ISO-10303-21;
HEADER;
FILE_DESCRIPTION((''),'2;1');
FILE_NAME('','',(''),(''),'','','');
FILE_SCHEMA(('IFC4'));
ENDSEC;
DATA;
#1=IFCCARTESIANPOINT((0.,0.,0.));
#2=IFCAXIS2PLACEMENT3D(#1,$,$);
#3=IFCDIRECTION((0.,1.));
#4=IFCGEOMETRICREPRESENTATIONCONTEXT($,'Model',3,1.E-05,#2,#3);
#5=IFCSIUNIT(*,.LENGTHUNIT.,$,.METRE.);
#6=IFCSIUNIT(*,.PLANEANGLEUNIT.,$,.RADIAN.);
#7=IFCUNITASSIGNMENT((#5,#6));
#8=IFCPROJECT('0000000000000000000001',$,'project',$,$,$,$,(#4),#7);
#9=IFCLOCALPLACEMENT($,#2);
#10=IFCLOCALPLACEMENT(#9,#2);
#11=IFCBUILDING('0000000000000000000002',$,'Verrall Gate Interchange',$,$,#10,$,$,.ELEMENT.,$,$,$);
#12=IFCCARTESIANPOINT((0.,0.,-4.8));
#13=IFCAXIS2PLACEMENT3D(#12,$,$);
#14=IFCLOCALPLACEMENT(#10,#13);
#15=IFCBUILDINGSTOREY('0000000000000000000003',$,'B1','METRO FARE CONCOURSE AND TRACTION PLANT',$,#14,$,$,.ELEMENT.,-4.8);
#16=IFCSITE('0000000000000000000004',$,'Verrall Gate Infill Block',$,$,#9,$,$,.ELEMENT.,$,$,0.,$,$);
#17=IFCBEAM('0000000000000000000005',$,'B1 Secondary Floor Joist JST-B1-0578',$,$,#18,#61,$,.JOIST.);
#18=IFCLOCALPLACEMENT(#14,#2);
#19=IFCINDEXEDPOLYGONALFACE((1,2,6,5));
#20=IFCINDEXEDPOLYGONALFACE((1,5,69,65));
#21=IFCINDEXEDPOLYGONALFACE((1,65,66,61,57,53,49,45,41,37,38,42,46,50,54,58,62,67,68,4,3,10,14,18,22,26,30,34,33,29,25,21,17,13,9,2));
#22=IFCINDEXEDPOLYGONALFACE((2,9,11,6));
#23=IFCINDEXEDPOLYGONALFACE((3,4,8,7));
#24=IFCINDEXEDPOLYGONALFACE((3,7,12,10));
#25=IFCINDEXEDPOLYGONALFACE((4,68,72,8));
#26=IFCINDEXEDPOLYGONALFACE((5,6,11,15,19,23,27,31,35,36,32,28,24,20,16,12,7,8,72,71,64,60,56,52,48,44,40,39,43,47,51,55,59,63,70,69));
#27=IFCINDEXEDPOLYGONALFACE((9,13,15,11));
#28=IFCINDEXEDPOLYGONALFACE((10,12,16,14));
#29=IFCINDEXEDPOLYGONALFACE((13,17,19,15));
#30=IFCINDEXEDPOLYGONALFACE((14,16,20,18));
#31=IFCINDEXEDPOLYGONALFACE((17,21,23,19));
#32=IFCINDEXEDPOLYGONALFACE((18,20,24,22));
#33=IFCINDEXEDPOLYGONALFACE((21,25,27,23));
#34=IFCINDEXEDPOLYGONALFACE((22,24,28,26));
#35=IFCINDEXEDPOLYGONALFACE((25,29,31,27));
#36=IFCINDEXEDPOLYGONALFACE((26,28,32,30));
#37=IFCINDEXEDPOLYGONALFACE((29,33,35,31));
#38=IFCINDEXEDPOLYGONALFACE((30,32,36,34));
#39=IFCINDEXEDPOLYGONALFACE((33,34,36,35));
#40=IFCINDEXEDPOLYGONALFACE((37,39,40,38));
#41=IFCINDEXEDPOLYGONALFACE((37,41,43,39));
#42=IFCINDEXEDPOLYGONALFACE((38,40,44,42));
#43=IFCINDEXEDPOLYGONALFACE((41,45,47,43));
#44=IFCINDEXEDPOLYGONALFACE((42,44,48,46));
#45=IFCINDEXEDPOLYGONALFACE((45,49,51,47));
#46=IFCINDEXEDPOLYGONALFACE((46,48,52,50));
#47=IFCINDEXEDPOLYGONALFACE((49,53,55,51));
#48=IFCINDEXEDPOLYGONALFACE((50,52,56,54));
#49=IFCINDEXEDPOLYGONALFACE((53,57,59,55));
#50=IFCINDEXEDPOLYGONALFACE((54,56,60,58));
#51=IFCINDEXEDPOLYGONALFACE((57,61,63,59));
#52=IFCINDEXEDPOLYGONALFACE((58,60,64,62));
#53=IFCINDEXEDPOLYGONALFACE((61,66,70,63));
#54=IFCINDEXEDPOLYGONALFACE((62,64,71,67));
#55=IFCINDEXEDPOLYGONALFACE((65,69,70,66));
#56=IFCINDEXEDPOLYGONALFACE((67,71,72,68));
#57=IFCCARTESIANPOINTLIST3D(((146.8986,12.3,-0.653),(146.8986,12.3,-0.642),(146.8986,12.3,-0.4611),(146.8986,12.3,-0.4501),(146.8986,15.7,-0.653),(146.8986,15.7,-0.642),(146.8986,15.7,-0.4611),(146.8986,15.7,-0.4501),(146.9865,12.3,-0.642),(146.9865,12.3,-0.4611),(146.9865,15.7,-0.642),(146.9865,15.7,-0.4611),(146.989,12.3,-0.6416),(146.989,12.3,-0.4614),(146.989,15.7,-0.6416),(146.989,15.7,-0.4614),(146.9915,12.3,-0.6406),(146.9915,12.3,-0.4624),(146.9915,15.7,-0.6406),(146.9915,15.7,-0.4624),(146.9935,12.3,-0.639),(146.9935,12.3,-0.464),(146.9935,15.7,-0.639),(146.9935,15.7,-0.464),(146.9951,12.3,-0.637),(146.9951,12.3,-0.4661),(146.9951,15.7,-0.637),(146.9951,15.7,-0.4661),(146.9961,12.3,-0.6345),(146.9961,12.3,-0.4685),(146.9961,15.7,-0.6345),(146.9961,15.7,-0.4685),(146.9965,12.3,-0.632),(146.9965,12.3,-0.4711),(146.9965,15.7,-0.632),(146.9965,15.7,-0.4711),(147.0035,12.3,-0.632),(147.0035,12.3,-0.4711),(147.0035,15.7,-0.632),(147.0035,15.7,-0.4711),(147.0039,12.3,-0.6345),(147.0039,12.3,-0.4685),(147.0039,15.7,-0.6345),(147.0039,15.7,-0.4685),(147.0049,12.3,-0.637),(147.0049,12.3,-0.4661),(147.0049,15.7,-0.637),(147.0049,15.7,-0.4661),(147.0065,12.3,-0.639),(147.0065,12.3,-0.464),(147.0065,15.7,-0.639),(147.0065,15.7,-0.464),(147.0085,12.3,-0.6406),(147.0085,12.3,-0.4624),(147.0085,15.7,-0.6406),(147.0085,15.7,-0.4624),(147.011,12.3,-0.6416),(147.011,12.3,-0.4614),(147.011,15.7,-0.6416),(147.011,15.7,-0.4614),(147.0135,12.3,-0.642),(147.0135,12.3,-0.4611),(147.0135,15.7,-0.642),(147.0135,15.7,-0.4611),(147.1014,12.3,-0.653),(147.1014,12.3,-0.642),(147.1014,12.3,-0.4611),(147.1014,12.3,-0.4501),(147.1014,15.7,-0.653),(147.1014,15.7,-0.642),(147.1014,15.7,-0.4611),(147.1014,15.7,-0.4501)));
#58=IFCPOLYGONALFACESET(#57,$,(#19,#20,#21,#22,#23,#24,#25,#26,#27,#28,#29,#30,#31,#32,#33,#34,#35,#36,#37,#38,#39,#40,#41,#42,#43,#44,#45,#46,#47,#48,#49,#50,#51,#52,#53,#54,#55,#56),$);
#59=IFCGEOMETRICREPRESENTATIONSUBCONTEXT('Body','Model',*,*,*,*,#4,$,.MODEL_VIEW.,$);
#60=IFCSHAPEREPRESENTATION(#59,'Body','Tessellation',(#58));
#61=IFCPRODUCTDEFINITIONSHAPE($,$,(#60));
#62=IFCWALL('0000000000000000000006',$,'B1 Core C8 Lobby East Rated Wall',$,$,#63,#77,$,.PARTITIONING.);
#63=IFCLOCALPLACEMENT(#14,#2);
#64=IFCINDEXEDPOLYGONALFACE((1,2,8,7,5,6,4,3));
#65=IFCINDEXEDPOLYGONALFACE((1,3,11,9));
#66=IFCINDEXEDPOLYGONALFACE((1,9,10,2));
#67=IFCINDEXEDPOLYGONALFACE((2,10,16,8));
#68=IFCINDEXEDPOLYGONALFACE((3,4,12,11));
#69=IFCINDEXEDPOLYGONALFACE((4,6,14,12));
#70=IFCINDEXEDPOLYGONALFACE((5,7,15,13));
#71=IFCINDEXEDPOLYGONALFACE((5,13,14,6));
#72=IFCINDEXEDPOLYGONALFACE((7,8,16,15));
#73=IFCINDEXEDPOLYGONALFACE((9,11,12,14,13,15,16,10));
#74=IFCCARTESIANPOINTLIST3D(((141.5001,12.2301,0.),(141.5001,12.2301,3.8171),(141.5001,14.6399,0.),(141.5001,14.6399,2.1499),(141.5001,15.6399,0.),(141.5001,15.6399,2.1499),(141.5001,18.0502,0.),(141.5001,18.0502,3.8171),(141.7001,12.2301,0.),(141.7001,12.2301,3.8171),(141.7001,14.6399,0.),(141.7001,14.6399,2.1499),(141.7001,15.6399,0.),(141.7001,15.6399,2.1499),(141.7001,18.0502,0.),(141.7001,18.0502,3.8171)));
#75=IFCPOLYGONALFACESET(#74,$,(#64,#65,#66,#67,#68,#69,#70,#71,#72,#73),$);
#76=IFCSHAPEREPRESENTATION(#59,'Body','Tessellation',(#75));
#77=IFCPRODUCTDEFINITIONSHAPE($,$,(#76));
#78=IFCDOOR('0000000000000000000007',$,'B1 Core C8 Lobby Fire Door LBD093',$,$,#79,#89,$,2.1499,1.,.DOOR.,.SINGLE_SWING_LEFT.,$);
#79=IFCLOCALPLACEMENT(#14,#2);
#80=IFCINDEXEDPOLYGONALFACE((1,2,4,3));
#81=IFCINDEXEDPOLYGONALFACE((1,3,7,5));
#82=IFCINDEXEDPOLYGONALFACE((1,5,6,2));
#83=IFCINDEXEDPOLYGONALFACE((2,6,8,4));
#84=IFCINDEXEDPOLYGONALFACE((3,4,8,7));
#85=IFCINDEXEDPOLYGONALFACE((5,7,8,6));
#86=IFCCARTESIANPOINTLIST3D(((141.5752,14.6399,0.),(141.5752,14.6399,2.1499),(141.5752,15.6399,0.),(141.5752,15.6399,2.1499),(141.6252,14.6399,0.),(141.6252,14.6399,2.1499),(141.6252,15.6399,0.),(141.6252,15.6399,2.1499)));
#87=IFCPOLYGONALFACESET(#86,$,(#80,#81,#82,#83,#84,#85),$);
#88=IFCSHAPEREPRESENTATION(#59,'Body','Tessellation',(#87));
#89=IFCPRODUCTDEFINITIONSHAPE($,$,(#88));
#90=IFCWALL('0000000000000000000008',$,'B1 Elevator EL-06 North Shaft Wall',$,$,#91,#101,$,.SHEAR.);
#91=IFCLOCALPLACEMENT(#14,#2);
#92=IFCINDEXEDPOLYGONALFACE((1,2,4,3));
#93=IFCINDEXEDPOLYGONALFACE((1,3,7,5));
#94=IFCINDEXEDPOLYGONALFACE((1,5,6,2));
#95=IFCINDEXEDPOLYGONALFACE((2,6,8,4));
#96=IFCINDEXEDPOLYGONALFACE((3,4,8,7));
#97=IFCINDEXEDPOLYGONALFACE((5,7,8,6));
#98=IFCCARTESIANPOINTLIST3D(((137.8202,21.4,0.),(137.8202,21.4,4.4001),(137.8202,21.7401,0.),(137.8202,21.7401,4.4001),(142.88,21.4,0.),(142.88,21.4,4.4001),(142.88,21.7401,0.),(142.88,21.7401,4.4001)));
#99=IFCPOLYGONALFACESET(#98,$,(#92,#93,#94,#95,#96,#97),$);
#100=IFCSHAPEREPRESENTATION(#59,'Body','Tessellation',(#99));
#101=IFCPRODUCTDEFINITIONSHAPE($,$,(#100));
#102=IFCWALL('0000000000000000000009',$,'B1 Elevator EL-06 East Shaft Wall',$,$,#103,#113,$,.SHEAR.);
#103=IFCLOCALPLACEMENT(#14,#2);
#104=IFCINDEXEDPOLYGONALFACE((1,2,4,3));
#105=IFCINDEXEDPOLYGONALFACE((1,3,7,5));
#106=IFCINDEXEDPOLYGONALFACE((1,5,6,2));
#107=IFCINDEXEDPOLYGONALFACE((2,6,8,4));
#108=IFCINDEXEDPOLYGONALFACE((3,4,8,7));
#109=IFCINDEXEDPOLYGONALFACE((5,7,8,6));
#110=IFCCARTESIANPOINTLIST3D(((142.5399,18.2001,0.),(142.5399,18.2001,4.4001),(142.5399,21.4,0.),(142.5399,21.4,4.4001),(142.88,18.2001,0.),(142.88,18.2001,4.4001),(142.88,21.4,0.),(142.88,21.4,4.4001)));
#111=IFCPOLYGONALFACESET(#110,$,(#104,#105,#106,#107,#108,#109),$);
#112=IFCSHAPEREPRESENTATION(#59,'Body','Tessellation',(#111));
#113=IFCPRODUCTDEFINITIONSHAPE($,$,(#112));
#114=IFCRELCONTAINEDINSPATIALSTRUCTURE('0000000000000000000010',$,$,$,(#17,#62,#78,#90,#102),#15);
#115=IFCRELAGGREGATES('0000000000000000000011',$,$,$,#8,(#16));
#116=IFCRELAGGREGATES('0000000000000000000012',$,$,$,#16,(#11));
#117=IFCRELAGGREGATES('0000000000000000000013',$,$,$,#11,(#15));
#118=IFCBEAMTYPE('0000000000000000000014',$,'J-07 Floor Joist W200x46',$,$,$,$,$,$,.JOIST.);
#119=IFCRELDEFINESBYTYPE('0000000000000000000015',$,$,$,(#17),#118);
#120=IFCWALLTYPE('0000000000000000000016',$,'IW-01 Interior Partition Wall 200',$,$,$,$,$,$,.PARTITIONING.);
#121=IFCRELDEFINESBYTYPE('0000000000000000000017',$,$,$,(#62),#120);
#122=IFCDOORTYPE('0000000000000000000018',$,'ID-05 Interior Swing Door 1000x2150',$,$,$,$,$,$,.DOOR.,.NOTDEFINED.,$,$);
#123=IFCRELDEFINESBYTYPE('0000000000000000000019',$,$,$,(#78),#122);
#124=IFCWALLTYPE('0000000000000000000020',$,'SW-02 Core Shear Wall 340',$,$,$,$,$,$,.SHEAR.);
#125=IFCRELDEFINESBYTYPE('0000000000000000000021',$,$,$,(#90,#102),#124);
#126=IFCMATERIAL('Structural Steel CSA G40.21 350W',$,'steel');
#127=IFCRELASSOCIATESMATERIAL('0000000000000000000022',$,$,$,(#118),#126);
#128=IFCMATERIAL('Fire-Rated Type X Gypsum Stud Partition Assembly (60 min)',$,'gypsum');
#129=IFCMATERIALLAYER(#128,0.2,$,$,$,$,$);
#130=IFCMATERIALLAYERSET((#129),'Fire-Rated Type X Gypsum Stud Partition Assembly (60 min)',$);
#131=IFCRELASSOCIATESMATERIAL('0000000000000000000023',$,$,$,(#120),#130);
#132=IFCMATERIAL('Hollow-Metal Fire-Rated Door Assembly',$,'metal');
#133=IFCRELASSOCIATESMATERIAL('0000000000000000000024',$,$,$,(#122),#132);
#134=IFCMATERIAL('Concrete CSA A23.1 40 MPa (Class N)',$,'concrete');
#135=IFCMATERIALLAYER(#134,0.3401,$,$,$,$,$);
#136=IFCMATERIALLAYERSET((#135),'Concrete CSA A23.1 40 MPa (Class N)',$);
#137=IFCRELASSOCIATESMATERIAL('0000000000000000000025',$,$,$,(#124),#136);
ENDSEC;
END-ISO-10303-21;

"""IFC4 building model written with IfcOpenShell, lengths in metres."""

from ifc_helpers import new_model, si_unit, direction, frame, frame_2d, origin, origin_2d, place, context, subcontext, project, spatial, rectangle, i_section, extrude, material, layer, layer_set, material_profile, profile_set, type_object, element, fill, save


model = new_model("IFC4")

# Units and contexts
model_context = context("Model", 3, precision=1e-05, world=origin(), true_north=direction((0.0, 1.0)))
body_context = subcontext(model_context, "Body", "Model", "MODEL_VIEW")
ifc_project = project(units=[si_unit("LENGTHUNIT", "METRE"), si_unit("PLANEANGLEUNIT", "RADIAN")], contexts=[model_context])

# Site, building, storey
site_placement = place(None, origin())
site = spatial("IfcSite", under=ifc_project, at=site_placement, Name="Verrall Gate Infill Block", CompositionType="ELEMENT", RefElevation=0.0)
building_placement = place(site_placement, origin())
building = spatial("IfcBuilding", under=site, at=building_placement, Name="Verrall Gate Interchange", CompositionType="ELEMENT")
storey_placement = place(building_placement, frame((0.0, 0.0, -4.8)))
storey = spatial("IfcBuildingStorey", under=building, at=storey_placement, Name="B1", Description="METRO FARE CONCOURSE AND TRACTION PLANT", CompositionType="ELEMENT", Elevation=-4.8)

# Beam
ifc_material_1 = material(Name="Structural Steel CSA G40.21 350W", Category="steel")
ifc_material_profile_1 = material_profile(ifc_material_1, i_section(OverallWidth=0.2029, OverallDepth=0.2029, WebThickness=0.0071, FlangeThickness=0.011, FilletRadius=0.01, at=origin_2d()), Name="W200x46")
ifc_profile_set_1 = profile_set([ifc_material_profile_1], Name="Structural Steel CSA G40.21 350W")
beam_type_1 = type_object("IfcBeamType", Name="J-07 Floor Joist W200x46", PredefinedType="JOIST", material=ifc_profile_set_1)
beam_1_placement = place(storey_placement, frame((147.0, 12.3, -0.5515), z_axis=(0.0, 1.0, 0.0), x_axis=(-1.0, 0.0, 0.0)))
element("IfcBeam", 1, at=beam_1_placement, inside=storey, type_object=beam_type_1, Name="B1 Secondary Floor Joist JST-B1-0578", PredefinedType="JOIST", context=body_context, shape_type="SweptSolid", body=[
    extrude(i_section(OverallWidth=0.2029, OverallDepth=0.2029, WebThickness=0.0071, FlangeThickness=0.011, FilletRadius=0.01, at=origin_2d()), origin(), (0.0, 0.0, 1.0), 3.3999),
])

# Wall, opening, door
ifc_material_2 = material(Name="Fire-Rated Type X Gypsum Stud Partition Assembly (60 min)", Category="gypsum")
ifc_layer_1 = layer(ifc_material_2, 0.2)
ifc_layer_set_1 = layer_set([ifc_layer_1], Name="Fire-Rated Type X Gypsum Stud Partition Assembly (60 min)")
wall_type_1 = type_object("IfcWallType", Name="IW-01 Interior Partition Wall 200", PredefinedType="PARTITIONING", material=ifc_layer_set_1)
wall_1_placement = place(storey_placement, frame((141.6001, 12.23, 0.0), z_axis=(0.0, 0.0, 1.0), x_axis=(0.0, 1.0, 0.0)))
wall_1 = element("IfcWall", 2, at=wall_1_placement, inside=storey, type_object=wall_type_1, Name="B1 Core C8 Lobby East Rated Wall", PredefinedType="PARTITIONING", context=body_context, shape_type="SweptSolid", body=[
    extrude(rectangle(XDim=5.8201, YDim=0.2, at=frame_2d((2.9102, 0.0))), origin(), (0.0, 0.0, 1.0), 3.8171),
])
opening_placement = place(wall_1_placement, frame((2.4099, 0.0, 0.0)))
opening = element("IfcOpeningElement", 3, at=opening_placement, cuts=wall_1, PredefinedType="OPENING", context=body_context, shape_type="SweptSolid", body=[
    extrude(rectangle(XDim=1.0, YDim=2.1499, at=frame_2d((0.5, 1.075))), frame((0.0, 0.1147, 0.0), z_axis=(0.0, -1.0, 0.0), x_axis=(1.0, 0.0, 0.0)), (0.0, 0.0, 1.0), 0.2297),
])
ifc_material_3 = material(Name="Hollow-Metal Fire-Rated Door Assembly", Category="metal")
door_type = type_object("IfcDoorType", Name="ID-05 Interior Swing Door 1000x2150", OperationType="NOTDEFINED", PredefinedType="DOOR", material=ifc_material_3)
door_placement = place(opening_placement, origin())
door = element("IfcDoor", 4, at=door_placement, inside=storey, type_object=door_type, Name="B1 Core C8 Lobby Fire Door LBD093", OperationType="SINGLE_SWING_LEFT", OverallHeight=2.1499, OverallWidth=1.0, PredefinedType="DOOR", context=body_context, shape_type="SweptSolid", body=[
    extrude(rectangle(XDim=1.0, YDim=2.1499, at=frame_2d((0.5, 1.075))), frame((0.0, 0.0249, 0.0), z_axis=(0.0, -1.0, 0.0), x_axis=(1.0, 0.0, 0.0)), (0.0, 0.0, 1.0), 0.05),
])
fill(opening, door)

# Walls
ifc_material_4 = material(Name="Concrete CSA A23.1 40 MPa (Class N)", Category="concrete")
ifc_layer_2 = layer(ifc_material_4, 0.3401)
ifc_layer_set_2 = layer_set([ifc_layer_2], Name="Concrete CSA A23.1 40 MPa (Class N)")
wall_type_2 = type_object("IfcWallType", Name="SW-02 Core Shear Wall 340", PredefinedType="SHEAR", material=ifc_layer_set_2)
wall_2_placement = place(storey_placement, frame((142.8799, 21.5701, 0.0), z_axis=(0.0, 0.0, 1.0), x_axis=(-1.0, 0.0, 0.0)))
element("IfcWall", 5, at=wall_2_placement, inside=storey, type_object=wall_type_2, Name="B1 Elevator EL-06 North Shaft Wall", PredefinedType="SHEAR", context=body_context, shape_type="SweptSolid", body=[
    extrude(rectangle(XDim=5.0598, YDim=0.3401, at=frame_2d((2.5298, 0.0))), origin(), (0.0, 0.0, 1.0), 4.4001),
])
wall_3_placement = place(storey_placement, frame((142.71, 18.2, 0.0), z_axis=(0.0, 0.0, 1.0), x_axis=(0.0, 1.0, 0.0)))
element("IfcWall", 6, at=wall_3_placement, inside=storey, type_object=wall_type_2, Name="B1 Elevator EL-06 East Shaft Wall", PredefinedType="SHEAR", context=body_context, shape_type="SweptSolid", body=[
    extrude(rectangle(XDim=3.2, YDim=0.3401, at=frame_2d((1.6001, 0.0))), origin(), (0.0, 0.0, 1.0), 4.4001),
])

save(model, "model.ifc")
